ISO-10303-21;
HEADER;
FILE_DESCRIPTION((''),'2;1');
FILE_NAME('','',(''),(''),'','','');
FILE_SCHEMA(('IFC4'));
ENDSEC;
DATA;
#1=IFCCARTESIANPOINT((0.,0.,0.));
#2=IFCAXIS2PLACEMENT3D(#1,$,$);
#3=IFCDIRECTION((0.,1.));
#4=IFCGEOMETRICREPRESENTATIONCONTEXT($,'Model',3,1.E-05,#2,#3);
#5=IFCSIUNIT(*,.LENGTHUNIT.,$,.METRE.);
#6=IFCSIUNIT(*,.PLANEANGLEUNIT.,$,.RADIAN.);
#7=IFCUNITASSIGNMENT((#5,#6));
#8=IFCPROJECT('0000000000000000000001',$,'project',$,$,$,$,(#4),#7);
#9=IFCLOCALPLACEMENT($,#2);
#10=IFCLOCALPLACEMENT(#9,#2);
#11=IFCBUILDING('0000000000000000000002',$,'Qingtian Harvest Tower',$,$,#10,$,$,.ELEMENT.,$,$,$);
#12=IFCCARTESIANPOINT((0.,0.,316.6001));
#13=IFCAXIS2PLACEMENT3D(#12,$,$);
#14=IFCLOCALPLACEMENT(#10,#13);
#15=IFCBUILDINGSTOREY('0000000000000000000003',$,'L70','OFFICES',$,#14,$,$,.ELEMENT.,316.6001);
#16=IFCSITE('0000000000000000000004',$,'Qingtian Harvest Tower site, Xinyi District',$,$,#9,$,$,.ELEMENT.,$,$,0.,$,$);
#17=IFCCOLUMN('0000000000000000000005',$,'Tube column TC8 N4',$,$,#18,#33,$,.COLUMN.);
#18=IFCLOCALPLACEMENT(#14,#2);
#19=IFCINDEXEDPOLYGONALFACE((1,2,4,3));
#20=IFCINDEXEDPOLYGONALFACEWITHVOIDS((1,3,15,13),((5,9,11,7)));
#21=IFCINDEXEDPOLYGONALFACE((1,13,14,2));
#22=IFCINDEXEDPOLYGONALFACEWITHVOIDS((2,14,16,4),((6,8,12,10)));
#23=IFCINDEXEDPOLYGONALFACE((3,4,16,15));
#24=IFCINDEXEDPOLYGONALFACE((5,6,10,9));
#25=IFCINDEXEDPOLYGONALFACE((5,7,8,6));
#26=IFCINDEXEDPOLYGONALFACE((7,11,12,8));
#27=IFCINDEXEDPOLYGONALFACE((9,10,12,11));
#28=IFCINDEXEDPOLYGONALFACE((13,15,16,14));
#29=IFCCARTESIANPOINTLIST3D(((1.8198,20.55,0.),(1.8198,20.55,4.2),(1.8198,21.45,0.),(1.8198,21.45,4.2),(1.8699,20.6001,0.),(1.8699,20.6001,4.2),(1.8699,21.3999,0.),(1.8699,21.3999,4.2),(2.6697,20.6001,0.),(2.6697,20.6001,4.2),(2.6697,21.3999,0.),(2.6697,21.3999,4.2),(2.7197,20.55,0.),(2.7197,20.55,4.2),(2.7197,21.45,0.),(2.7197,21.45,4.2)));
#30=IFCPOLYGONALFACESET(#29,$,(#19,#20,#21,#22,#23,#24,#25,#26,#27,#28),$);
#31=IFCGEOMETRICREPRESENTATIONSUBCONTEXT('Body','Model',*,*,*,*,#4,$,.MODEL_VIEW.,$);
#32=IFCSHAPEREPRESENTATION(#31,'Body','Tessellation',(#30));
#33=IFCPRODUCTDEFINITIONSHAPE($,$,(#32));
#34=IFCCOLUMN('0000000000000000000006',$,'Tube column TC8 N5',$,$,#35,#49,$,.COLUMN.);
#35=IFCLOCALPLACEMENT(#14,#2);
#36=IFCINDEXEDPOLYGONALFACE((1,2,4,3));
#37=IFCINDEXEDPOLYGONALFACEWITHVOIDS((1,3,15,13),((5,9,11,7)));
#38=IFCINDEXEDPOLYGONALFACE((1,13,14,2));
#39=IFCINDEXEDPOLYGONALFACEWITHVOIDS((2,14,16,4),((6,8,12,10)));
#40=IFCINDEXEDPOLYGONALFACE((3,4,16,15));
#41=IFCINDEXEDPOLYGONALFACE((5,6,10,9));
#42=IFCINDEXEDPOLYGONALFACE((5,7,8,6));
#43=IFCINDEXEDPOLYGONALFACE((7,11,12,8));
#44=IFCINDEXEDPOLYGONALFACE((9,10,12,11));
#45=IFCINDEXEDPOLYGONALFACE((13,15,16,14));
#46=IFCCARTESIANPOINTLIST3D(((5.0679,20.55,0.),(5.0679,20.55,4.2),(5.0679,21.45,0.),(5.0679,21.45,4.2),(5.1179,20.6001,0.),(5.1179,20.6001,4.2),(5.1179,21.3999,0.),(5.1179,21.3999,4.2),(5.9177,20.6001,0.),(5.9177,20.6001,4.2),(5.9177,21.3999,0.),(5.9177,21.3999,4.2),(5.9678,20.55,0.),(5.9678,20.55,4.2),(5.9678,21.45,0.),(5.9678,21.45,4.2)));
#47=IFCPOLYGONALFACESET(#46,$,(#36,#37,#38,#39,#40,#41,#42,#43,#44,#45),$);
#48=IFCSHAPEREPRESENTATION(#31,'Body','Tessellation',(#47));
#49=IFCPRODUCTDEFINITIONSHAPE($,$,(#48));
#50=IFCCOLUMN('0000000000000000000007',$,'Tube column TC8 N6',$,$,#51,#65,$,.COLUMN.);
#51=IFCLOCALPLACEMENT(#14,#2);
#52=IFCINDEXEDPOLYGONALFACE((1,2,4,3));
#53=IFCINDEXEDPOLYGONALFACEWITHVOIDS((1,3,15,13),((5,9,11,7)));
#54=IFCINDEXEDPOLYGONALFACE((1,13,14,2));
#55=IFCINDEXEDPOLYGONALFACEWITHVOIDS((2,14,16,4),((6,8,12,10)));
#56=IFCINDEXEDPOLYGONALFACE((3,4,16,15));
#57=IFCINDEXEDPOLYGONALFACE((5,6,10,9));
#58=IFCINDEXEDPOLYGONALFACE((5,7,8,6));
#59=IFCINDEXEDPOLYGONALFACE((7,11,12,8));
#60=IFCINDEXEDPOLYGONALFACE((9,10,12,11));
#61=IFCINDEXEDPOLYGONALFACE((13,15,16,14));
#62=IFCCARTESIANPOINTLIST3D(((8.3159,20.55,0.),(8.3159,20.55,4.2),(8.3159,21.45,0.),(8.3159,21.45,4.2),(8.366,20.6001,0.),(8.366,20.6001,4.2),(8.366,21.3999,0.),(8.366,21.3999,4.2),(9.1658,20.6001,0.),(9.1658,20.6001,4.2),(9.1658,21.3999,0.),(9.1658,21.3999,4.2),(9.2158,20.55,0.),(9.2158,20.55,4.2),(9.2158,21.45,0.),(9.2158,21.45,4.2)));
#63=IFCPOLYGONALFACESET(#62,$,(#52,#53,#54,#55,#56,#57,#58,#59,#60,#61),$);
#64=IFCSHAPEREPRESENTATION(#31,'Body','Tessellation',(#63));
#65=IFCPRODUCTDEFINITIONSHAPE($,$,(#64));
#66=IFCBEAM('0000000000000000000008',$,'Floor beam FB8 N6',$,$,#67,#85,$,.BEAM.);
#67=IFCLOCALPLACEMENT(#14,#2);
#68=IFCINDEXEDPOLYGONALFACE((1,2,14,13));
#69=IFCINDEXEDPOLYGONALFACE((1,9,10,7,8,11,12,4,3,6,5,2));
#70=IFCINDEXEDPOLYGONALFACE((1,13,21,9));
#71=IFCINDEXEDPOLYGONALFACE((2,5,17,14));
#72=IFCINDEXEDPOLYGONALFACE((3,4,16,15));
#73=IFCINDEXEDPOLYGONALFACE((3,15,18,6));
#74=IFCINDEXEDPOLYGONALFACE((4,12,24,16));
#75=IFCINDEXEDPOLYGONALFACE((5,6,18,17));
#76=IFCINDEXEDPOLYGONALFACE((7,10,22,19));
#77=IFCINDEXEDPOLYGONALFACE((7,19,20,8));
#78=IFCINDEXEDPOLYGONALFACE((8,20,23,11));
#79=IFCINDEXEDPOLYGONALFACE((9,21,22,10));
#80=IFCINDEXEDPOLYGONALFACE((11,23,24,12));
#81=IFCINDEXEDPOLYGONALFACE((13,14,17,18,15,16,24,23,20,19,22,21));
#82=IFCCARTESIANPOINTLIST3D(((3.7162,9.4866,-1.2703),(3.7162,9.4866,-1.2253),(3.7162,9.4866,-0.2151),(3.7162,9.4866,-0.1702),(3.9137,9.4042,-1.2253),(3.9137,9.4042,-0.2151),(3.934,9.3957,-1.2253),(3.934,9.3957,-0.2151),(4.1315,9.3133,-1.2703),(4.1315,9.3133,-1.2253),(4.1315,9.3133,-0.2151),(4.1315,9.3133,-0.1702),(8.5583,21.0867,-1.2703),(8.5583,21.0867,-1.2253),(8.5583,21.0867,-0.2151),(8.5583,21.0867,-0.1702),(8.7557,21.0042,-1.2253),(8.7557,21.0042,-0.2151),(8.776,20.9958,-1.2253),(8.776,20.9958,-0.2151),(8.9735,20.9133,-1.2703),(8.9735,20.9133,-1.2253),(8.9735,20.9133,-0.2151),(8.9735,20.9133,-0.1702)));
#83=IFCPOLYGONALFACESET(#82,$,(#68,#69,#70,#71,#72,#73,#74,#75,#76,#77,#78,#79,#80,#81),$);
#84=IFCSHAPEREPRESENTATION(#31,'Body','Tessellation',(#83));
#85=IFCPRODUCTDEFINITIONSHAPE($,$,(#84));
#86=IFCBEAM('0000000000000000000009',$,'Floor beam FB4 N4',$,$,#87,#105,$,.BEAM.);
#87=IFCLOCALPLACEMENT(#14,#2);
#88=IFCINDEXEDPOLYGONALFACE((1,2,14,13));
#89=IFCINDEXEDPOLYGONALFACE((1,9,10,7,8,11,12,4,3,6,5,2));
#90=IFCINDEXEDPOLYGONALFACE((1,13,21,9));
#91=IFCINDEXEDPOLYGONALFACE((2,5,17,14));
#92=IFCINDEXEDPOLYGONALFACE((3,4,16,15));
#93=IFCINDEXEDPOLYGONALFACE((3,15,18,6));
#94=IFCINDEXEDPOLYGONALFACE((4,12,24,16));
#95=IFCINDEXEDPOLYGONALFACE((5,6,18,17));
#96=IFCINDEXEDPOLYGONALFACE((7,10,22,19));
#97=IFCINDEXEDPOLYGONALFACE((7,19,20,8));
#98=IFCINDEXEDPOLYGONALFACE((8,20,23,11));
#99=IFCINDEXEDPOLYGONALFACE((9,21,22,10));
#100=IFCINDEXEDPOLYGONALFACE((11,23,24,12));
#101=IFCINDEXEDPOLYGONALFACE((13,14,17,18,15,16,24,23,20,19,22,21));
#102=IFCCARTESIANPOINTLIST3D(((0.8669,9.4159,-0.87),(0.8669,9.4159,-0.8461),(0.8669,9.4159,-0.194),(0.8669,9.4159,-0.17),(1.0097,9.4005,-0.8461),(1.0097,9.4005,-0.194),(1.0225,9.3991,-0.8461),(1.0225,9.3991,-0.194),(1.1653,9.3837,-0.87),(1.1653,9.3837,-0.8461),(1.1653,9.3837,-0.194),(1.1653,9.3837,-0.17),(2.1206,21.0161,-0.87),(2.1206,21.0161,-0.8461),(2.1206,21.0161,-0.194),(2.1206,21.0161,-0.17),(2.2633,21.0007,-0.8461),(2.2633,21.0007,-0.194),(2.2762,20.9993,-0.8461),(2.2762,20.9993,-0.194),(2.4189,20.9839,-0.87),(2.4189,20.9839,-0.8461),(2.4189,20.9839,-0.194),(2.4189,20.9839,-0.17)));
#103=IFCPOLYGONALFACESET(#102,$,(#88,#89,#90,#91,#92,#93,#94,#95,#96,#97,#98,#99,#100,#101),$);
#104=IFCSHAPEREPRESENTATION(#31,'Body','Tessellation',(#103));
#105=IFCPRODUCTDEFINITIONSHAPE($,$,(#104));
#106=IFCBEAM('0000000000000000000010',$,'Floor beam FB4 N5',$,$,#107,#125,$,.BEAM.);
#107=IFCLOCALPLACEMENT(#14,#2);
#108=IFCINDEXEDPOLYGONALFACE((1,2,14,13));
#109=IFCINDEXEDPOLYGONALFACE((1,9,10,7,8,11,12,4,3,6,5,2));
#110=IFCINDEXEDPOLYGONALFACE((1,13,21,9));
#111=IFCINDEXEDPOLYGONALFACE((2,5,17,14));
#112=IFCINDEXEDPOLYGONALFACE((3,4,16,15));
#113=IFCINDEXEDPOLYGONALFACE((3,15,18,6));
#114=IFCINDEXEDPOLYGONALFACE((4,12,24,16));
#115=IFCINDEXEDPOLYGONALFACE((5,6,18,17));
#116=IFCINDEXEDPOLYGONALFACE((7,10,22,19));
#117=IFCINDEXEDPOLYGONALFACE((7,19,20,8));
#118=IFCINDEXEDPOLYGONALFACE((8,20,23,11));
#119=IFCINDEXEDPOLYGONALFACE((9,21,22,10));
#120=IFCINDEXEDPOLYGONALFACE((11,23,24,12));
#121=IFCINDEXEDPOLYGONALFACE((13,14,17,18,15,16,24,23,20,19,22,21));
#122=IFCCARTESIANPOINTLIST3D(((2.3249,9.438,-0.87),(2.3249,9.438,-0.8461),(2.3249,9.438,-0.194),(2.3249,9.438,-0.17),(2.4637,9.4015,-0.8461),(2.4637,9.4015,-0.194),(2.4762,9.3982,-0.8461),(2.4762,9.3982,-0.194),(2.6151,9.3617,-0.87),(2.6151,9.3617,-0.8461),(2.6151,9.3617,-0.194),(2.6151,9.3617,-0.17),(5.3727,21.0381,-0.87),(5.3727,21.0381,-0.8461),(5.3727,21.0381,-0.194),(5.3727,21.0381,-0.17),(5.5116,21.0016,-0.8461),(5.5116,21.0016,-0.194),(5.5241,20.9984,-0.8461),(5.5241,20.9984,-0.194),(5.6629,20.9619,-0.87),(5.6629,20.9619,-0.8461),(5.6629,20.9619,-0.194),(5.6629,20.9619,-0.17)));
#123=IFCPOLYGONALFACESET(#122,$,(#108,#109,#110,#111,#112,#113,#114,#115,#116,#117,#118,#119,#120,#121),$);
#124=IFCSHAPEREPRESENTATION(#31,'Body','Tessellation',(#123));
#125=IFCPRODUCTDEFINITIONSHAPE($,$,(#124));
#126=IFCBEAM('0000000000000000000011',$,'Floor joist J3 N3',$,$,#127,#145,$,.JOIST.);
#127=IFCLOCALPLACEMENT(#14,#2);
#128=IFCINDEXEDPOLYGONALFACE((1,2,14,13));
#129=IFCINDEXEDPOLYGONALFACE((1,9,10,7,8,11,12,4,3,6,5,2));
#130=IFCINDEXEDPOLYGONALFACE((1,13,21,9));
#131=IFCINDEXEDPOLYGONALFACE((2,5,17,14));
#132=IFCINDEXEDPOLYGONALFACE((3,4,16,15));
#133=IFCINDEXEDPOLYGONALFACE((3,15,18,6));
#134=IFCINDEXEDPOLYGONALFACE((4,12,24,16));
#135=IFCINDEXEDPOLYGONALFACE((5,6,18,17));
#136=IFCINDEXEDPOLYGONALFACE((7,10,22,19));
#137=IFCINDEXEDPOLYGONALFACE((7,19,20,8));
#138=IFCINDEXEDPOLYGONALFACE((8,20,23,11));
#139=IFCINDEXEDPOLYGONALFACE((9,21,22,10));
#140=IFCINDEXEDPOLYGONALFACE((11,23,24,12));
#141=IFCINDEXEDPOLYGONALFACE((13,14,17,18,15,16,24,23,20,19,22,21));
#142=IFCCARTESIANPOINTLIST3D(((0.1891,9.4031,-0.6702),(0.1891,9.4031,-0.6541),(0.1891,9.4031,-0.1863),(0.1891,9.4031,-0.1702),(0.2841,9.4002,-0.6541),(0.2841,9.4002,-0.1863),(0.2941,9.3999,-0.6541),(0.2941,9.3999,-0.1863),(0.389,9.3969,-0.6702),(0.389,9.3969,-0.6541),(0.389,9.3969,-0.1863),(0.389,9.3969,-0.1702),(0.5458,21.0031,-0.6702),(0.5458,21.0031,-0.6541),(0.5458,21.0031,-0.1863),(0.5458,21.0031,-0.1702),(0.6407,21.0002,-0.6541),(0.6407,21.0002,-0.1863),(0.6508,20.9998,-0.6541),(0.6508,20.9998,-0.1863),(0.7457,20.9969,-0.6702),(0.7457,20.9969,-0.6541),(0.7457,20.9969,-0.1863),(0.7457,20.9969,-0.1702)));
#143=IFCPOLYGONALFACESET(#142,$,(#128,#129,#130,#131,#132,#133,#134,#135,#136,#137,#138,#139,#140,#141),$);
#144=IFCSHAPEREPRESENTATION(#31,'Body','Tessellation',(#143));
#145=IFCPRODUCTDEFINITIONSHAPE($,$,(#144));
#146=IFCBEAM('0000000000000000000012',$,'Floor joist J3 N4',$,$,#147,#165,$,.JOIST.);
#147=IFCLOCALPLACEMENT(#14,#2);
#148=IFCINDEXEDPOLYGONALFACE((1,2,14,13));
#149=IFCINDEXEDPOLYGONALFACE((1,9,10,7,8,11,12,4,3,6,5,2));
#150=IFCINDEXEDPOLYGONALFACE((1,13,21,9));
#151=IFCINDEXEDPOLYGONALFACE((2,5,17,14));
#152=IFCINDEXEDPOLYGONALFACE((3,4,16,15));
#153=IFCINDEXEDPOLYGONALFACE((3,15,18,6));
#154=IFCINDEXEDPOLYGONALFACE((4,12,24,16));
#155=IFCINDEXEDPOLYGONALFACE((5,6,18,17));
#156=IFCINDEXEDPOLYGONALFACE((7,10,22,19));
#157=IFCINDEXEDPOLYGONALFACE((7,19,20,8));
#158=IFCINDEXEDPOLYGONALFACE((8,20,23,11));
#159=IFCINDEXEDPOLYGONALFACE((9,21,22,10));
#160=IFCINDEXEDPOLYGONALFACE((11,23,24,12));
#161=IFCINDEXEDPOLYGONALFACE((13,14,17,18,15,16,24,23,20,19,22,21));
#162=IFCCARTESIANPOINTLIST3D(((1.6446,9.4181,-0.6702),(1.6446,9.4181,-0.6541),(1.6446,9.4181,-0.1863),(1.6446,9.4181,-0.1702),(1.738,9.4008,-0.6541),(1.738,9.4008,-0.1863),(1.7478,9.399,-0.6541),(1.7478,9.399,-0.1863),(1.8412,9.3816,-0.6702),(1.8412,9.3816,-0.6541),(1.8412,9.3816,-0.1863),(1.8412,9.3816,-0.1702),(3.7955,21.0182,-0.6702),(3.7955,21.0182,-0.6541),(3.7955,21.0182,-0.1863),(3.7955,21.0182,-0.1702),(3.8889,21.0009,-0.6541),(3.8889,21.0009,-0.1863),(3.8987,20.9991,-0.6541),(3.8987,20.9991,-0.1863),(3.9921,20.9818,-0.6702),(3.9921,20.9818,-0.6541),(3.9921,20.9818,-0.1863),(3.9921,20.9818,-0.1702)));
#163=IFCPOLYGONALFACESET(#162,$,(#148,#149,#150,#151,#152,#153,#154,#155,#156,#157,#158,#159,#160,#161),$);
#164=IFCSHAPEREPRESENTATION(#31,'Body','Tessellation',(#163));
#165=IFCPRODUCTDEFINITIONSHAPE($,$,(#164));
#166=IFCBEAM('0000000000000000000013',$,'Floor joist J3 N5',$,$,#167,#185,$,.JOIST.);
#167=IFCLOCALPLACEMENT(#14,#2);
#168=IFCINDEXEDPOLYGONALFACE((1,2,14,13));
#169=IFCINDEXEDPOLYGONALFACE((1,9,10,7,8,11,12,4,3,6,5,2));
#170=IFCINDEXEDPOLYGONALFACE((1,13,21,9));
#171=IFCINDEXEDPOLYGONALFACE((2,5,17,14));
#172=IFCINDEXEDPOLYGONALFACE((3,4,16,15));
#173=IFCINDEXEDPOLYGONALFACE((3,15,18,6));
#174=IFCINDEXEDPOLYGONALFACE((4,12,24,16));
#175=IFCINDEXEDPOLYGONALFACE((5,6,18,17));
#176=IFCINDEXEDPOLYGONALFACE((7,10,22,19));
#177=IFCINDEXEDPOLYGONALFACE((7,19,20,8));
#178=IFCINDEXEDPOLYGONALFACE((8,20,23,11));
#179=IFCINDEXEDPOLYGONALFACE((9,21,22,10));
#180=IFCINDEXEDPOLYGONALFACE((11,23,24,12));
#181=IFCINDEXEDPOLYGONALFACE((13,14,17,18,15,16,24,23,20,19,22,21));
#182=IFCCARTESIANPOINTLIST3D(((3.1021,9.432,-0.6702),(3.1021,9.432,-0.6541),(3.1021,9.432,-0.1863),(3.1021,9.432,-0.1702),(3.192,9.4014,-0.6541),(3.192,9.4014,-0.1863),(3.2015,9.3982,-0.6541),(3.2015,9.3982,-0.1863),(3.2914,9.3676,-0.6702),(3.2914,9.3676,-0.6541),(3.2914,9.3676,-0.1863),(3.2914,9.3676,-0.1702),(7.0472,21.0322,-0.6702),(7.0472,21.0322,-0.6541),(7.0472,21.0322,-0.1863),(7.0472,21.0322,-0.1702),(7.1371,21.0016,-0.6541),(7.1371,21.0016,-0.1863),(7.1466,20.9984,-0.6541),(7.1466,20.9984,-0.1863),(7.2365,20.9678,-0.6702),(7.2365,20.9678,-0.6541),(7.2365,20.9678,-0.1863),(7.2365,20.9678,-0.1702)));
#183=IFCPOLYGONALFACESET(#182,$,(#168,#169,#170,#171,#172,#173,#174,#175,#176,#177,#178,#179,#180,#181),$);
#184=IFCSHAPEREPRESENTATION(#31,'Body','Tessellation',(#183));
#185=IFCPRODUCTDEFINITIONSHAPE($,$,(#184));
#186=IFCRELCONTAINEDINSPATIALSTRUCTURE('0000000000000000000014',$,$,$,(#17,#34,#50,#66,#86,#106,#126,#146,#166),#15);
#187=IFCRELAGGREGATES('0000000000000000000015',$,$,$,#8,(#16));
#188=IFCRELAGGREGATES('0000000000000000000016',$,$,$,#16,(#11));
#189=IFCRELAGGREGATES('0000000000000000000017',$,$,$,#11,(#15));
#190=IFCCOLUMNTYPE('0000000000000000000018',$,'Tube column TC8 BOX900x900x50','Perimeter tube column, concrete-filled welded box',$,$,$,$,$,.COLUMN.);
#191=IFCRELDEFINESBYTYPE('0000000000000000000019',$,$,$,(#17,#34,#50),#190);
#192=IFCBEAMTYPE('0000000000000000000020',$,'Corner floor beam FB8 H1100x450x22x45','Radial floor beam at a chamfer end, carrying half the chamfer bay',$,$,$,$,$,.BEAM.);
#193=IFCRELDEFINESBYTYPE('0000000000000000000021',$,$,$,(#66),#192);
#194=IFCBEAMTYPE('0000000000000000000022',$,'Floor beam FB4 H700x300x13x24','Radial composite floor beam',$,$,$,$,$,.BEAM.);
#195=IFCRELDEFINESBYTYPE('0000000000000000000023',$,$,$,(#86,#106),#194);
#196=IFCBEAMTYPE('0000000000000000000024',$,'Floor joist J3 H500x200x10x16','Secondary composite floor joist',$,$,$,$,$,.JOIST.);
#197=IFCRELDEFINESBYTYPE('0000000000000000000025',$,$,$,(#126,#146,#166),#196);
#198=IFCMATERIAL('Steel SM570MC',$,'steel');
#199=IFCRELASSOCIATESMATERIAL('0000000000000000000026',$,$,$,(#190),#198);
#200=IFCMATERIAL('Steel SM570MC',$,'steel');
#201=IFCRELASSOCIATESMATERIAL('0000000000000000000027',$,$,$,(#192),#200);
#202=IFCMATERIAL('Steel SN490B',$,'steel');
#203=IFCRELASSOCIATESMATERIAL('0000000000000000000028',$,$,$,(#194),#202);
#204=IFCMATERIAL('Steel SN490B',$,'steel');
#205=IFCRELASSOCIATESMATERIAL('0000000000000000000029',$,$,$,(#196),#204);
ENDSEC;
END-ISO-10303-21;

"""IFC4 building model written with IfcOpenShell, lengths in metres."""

from ifc_helpers import new_model, si_unit, direction, frame, origin, origin_2d, place, context, subcontext, project, spatial, hollow_rectangle, i_section, extrude, material, material_profile, profile_set, type_object, element, save


model = new_model("IFC4")

# Units and contexts
model_context = context("Model", 3, precision=1e-05, world=origin(), true_north=direction((0.0, 1.0)))
body_context = subcontext(model_context, "Body", "Model", "MODEL_VIEW")
ifc_project = project(units=[si_unit("LENGTHUNIT", "METRE"), si_unit("PLANEANGLEUNIT", "RADIAN")], contexts=[model_context])

# Site, building, storey
site_placement = place(None, origin())
site = spatial("IfcSite", under=ifc_project, at=site_placement, Name="Qingtian Harvest Tower site, Xinyi District", CompositionType="ELEMENT", RefElevation=0.0)
building_placement = place(site_placement, origin())
building = spatial("IfcBuilding", under=site, at=building_placement, Name="Qingtian Harvest Tower", CompositionType="ELEMENT")
storey_placement = place(building_placement, frame((0.0, 0.0, 316.6001)))
storey = spatial("IfcBuildingStorey", under=building, at=storey_placement, Name="L70", Description="OFFICES", CompositionType="ELEMENT", Elevation=316.6001)

# Columns
ifc_material_1 = material(Name="Steel SM570MC", Category="steel")
ifc_material_profile_1 = material_profile(ifc_material_1, hollow_rectangle(XDim=0.8999, YDim=0.8999, WallThickness=0.05, at=origin_2d()), Name="BOX900x900x50")
ifc_profile_set_1 = profile_set([ifc_material_profile_1], Name="Steel SM570MC")
column_type = type_object("IfcColumnType", Name="Tube column TC8 BOX900x900x50", Description="Perimeter tube column, concrete-filled welded box", PredefinedType="COLUMN", material=ifc_profile_set_1)
for number, where, z_axis, x_axis, name in (
    (1, (2.2698, 21.0, 0.0), (0.0, 0.0, 1.0), (-1.0, 0.0, 0.0), "Tube column TC8 N4"),
    (2, (5.5178, 21.0, 0.0), (0.0, 0.0, 1.0), (-1.0, 0.0, 0.0), "Tube column TC8 N5"),
    (3, (8.7659, 21.0, 0.0), (0.0, 0.0, 1.0), (-1.0, 0.0, 0.0), "Tube column TC8 N6"),
):
    element("IfcColumn", number, at=place(storey_placement, frame(where, z_axis=z_axis, x_axis=x_axis)), inside=storey, type_object=column_type, Name=name, PredefinedType="COLUMN", context=body_context, shape_type="SweptSolid", body=[
        extrude(hollow_rectangle(XDim=0.8999, YDim=0.8999, WallThickness=0.05, at=origin_2d()), origin(), (0.0, 0.0, 1.0), 4.2),
    ])

# Beams
ifc_material_2 = material(Name="Steel SM570MC", Category="steel")
ifc_material_profile_2 = material_profile(ifc_material_2, i_section(OverallWidth=0.45, OverallDepth=1.1001, WebThickness=0.022, FlangeThickness=0.0449, at=origin_2d()), Name="H1100x450x22x45")
ifc_profile_set_2 = profile_set([ifc_material_profile_2], Name="Steel SM570MC")
beam_type_1 = type_object("IfcBeamType", Name="Corner floor beam FB8 H1100x450x22x45", Description="Radial floor beam at a chamfer end, carrying half the chamfer bay", PredefinedType="BEAM", material=ifc_profile_set_2)
beam_1_placement = place(storey_placement, frame((8.7659, 21.0, -0.7202), z_axis=(-0.385203, -0.922832, 0.0), x_axis=(0.922832, -0.385203, 0.0)))
element("IfcBeam", 4, at=beam_1_placement, inside=storey, type_object=beam_type_1, Name="Floor beam FB8 N6", PredefinedType="BEAM", context=body_context, shape_type="SweptSolid", body=[
    extrude(i_section(OverallWidth=0.45, OverallDepth=1.1001, WebThickness=0.022, FlangeThickness=0.0449, at=origin_2d()), origin(), (0.0, 0.0, 1.0), 12.5701),
])
ifc_material_3 = material(Name="Steel SN490B", Category="steel")
ifc_material_profile_3 = material_profile(ifc_material_3, i_section(OverallWidth=0.3, OverallDepth=0.7, WebThickness=0.0129, FlangeThickness=0.0239, at=origin_2d()), Name="H700x300x13x24")
ifc_profile_set_3 = profile_set([ifc_material_profile_3], Name="Steel SN490B")
beam_type_2 = type_object("IfcBeamType", Name="Floor beam FB4 H700x300x13x24", Description="Radial composite floor beam", PredefinedType="BEAM", material=ifc_profile_set_3)
beam_2_placement = place(storey_placement, frame((2.2698, 21.0, -0.52), z_axis=(-0.107448, -0.994211, 0.0), x_axis=(0.994211, -0.107448, 0.0)))
element("IfcBeam", 5, at=beam_2_placement, inside=storey, type_object=beam_type_2, Name="Floor beam FB4 N4", PredefinedType="BEAM", context=body_context, shape_type="SweptSolid", body=[
    extrude(i_section(OverallWidth=0.3, OverallDepth=0.7, WebThickness=0.0129, FlangeThickness=0.0239, at=origin_2d()), origin(), (0.0, 0.0, 1.0), 11.6677),
])
beam_3_placement = place(storey_placement, frame((5.5178, 21.0, -0.52), z_axis=(-0.254119, -0.967173, 0.0), x_axis=(0.967173, -0.254119, 0.0)))
element("IfcBeam", 6, at=beam_3_placement, inside=storey, type_object=beam_type_2, Name="Floor beam FB4 N5", PredefinedType="BEAM", context=body_context, shape_type="SweptSolid", body=[
    extrude(i_section(OverallWidth=0.3, OverallDepth=0.7, WebThickness=0.0129, FlangeThickness=0.0239, at=origin_2d()), origin(), (0.0, 0.0, 1.0), 11.9939),
])
ifc_material_4 = material(Name="Steel SN490B", Category="steel")
ifc_material_profile_4 = material_profile(ifc_material_4, i_section(OverallWidth=0.2, OverallDepth=0.5, WebThickness=0.01, FlangeThickness=0.0161, at=origin_2d()), Name="H500x200x10x16")
ifc_profile_set_4 = profile_set([ifc_material_profile_4], Name="Steel SN490B")
beam_type_3 = type_object("IfcBeamType", Name="Floor joist J3 H500x200x10x16", Description="Secondary composite floor joist", PredefinedType="JOIST", material=ifc_profile_set_4)
beam_4_placement = place(storey_placement, frame((0.6458, 21.0, -0.4202), z_axis=(-0.030734, -0.999528, 0.0), x_axis=(0.999528, -0.030734, 0.0)))
element("IfcBeam", 7, at=beam_4_placement, inside=storey, type_object=beam_type_3, Name="Floor joist J3 N3", PredefinedType="JOIST", context=body_context, shape_type="SweptSolid", body=[
    extrude(i_section(OverallWidth=0.2, OverallDepth=0.5, WebThickness=0.01, FlangeThickness=0.0161, at=origin_2d()), origin(), (0.0, 0.0, 1.0), 11.6055),
])
beam_5_placement = place(storey_placement, frame((3.8938, 21.0, -0.4202), z_axis=(-0.182312, -0.983241, 0.0), x_axis=(0.983241, -0.182312, 0.0)))
element("IfcBeam", 8, at=beam_5_placement, inside=storey, type_object=beam_type_3, Name="Floor joist J3 N4", PredefinedType="JOIST", context=body_context, shape_type="SweptSolid", body=[
    extrude(i_section(OverallWidth=0.2, OverallDepth=0.5, WebThickness=0.01, FlangeThickness=0.0161, at=origin_2d()), origin(), (0.0, 0.0, 1.0), 11.7979),
])
beam_6_placement = place(storey_placement, frame((7.1418, 21.0, -0.4202), z_axis=(-0.321978, -0.946747, 0.0), x_axis=(0.946747, -0.321978, 0.0)))
element("IfcBeam", 9, at=beam_6_placement, inside=storey, type_object=beam_type_3, Name="Floor joist J3 N5", PredefinedType="JOIST", context=body_context, shape_type="SweptSolid", body=[
    extrude(i_section(OverallWidth=0.2, OverallDepth=0.5, WebThickness=0.01, FlangeThickness=0.0161, at=origin_2d()), origin(), (0.0, 0.0, 1.0), 12.2527),
])

save(model, "model.ifc")
